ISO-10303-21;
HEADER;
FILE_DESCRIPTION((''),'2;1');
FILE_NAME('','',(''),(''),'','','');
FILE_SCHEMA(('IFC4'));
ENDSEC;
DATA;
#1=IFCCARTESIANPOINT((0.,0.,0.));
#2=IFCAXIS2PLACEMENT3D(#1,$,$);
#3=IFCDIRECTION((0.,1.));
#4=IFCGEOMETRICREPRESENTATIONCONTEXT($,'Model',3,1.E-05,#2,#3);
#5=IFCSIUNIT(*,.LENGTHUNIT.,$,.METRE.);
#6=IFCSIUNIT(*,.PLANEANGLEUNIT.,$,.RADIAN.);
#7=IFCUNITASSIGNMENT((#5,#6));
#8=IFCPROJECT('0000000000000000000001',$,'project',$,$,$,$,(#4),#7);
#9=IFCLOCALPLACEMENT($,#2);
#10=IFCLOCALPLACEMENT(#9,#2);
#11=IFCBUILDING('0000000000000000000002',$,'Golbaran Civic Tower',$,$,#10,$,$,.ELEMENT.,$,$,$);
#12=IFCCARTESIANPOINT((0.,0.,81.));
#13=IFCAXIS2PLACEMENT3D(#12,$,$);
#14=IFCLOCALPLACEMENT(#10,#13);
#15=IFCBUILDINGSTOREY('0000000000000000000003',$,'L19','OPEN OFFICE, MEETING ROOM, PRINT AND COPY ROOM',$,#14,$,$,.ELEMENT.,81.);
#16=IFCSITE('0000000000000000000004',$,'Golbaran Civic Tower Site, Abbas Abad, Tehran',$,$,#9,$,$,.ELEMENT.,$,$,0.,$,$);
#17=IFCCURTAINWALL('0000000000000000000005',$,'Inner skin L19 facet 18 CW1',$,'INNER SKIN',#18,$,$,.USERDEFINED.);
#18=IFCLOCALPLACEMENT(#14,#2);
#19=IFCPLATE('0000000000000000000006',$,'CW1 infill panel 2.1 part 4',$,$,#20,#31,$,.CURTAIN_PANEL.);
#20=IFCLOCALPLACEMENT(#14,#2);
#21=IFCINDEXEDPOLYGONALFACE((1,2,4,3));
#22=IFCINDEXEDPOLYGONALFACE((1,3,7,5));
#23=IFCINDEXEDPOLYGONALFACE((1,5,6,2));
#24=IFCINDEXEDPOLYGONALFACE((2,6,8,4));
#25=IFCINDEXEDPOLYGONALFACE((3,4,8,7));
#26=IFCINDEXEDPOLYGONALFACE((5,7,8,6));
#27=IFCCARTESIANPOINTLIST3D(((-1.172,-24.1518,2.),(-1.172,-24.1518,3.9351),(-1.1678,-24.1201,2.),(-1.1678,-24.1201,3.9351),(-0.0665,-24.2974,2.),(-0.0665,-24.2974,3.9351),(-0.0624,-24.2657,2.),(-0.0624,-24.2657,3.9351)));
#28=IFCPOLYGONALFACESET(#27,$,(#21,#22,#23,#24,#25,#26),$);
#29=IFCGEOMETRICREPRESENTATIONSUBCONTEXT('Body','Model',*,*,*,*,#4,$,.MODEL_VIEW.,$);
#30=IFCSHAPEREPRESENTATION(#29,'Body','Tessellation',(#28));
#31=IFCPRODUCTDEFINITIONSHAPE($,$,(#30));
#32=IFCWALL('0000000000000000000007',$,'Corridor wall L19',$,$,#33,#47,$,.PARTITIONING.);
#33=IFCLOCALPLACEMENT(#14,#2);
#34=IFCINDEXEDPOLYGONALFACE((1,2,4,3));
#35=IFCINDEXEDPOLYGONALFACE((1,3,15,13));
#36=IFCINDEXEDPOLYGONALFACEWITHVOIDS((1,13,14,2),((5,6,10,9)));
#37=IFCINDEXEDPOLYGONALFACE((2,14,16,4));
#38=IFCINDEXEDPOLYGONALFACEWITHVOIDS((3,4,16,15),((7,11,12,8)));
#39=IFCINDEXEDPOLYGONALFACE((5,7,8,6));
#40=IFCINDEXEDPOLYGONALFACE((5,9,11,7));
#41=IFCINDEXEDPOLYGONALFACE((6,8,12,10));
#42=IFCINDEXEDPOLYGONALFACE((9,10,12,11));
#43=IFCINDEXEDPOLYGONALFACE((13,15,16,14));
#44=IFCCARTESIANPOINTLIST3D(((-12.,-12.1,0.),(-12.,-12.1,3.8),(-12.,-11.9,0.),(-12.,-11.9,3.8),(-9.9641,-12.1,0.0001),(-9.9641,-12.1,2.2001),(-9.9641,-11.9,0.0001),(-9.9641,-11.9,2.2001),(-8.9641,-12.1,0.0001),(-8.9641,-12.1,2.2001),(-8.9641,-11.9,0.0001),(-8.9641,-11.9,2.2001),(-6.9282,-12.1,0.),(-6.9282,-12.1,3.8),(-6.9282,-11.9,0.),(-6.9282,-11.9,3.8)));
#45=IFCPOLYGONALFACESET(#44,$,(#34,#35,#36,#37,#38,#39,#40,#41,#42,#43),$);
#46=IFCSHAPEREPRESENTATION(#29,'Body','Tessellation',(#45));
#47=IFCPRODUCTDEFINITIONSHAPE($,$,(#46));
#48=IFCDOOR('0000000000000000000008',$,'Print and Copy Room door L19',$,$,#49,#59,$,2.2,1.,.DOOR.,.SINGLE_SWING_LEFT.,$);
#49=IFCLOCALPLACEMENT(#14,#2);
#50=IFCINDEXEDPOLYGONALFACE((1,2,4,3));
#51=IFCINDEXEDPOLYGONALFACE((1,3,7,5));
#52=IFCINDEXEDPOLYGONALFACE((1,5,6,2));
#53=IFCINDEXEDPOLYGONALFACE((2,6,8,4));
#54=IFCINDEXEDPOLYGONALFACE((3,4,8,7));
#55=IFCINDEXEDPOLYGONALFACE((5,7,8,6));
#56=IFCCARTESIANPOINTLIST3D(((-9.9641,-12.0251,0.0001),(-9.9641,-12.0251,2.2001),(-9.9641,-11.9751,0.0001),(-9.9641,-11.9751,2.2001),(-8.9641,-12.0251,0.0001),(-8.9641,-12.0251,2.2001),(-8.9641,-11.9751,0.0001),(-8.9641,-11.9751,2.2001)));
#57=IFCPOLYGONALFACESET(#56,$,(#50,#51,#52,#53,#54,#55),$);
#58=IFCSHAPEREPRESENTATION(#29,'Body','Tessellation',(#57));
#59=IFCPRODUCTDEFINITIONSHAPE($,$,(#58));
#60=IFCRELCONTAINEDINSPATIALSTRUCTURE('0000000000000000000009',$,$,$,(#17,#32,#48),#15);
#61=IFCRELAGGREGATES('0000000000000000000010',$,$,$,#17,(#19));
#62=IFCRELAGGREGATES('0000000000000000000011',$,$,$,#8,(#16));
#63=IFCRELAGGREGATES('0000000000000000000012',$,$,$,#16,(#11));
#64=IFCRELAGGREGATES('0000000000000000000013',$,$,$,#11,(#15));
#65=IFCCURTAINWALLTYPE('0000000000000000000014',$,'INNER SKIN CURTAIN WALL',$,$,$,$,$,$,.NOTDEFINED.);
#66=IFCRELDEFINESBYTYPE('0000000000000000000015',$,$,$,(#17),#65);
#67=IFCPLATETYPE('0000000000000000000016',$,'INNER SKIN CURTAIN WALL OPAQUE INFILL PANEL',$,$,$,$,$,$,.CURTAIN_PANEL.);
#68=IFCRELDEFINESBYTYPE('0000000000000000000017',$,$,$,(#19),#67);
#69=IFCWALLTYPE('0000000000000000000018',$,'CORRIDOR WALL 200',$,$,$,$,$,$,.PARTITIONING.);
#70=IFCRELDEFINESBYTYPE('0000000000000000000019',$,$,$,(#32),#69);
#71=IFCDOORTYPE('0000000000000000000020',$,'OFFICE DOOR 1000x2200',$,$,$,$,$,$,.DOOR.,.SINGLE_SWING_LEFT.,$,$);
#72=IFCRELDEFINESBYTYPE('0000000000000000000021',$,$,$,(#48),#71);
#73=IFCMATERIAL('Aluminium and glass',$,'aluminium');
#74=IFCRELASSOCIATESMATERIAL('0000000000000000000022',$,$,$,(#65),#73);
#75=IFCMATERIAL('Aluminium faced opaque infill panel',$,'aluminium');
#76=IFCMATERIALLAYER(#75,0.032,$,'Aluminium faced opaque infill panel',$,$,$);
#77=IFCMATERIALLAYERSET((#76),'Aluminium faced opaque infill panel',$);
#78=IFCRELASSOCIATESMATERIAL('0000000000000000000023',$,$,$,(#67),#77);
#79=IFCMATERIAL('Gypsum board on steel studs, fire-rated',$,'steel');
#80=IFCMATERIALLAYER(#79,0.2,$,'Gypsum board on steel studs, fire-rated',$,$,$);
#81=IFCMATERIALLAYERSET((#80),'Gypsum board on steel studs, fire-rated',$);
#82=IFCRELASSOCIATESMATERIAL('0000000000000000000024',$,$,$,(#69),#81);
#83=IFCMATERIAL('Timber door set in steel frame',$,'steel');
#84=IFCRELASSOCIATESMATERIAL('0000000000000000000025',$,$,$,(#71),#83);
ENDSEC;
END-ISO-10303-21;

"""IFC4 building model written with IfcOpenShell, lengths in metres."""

from ifc_helpers import new_model, si_unit, direction, frame, frame_2d, origin, origin_2d, place, context, subcontext, project, spatial, rectangle, extrude, material, layer, layer_set, type_object, element, fill, aggregate, save


model = new_model("IFC4")

# Units and contexts
model_context = context("Model", 3, precision=1e-05, world=origin(), true_north=direction((0.0, 1.0)))
body_context = subcontext(model_context, "Body", "Model", "MODEL_VIEW")
ifc_project = project(units=[si_unit("LENGTHUNIT", "METRE"), si_unit("PLANEANGLEUNIT", "RADIAN")], contexts=[model_context])

# Site, building, storey
site_placement = place(None, origin())
site = spatial("IfcSite", under=ifc_project, at=site_placement, Name="Golbaran Civic Tower Site, Abbas Abad, Tehran", CompositionType="ELEMENT", RefElevation=0.0)
building_placement = place(site_placement, origin())
building = spatial("IfcBuilding", under=site, at=building_placement, Name="Golbaran Civic Tower", CompositionType="ELEMENT")
storey_placement = place(building_placement, frame((0.0, 0.0, 81.0)))
storey = spatial("IfcBuildingStorey", under=building, at=storey_placement, Name="L19", Description="OPEN OFFICE, MEETING ROOM, PRINT AND COPY ROOM", CompositionType="ELEMENT", Elevation=81.0)

# Curtain wall
ifc_material_1 = material(Name="Aluminium and glass", Category="aluminium")
curtain_wall_type = type_object("IfcCurtainWallType", Name="INNER SKIN CURTAIN WALL", PredefinedType="NOTDEFINED", material=ifc_material_1)
curtain_wall_1_placement = place(storey_placement, origin())
curtain_wall_1 = element("IfcCurtainWall", 1, at=curtain_wall_1_placement, inside=storey, type_object=curtain_wall_type, Name="Inner skin L19 facet 18 CW1", ObjectType="INNER SKIN", PredefinedType="USERDEFINED")

# Plate
ifc_material_2 = material(Name="Aluminium faced opaque infill panel", Category="aluminium")
ifc_layer_1 = layer(ifc_material_2, 0.032, Name="Aluminium faced opaque infill panel")
ifc_layer_set_1 = layer_set([ifc_layer_1], Name="Aluminium faced opaque infill panel")
plate_type_1 = type_object("IfcPlateType", Name="INNER SKIN CURTAIN WALL OPAQUE INFILL PANEL", PredefinedType="CURTAIN_PANEL", material=ifc_layer_set_1)
plate_1_placement = place(storey_placement, frame((-0.6172, -24.2087, 2.0), z_axis=(0.0, 0.0, 1.0), x_axis=(0.991445, -0.130526, 0.0)))
plate_1 = element("IfcPlate", 2, at=plate_1_placement, type_object=plate_type_1, Name="CW1 infill panel 2.1 part 4", PredefinedType="CURTAIN_PANEL", context=body_context, shape_type="SweptSolid", body=[
    extrude(rectangle(XDim=1.115, YDim=0.032, at=origin_2d()), origin(), (0.0, 0.0, 1.0), 1.9351),
])
aggregate(curtain_wall_1, [plate_1])

# Wall, opening, door
ifc_material_3 = material(Name="Gypsum board on steel studs, fire-rated", Category="steel")
ifc_layer_2 = layer(ifc_material_3, 0.2, Name="Gypsum board on steel studs, fire-rated")
ifc_layer_set_2 = layer_set([ifc_layer_2], Name="Gypsum board on steel studs, fire-rated")
wall_type = type_object("IfcWallType", Name="CORRIDOR WALL 200", PredefinedType="PARTITIONING", material=ifc_layer_set_2)
wall_placement = place(storey_placement, frame((-12.0, -12.0, 0.0), z_axis=(0.0, 0.0, 1.0), x_axis=(1.0, 0.0, 0.0)))
wall = element("IfcWall", 3, at=wall_placement, inside=storey, type_object=wall_type, Name="Corridor wall L19", PredefinedType="PARTITIONING", context=body_context, shape_type="SweptSolid", body=[
    extrude(rectangle(XDim=5.0718, YDim=0.2, at=frame_2d((2.5359, 0.0))), origin(), (0.0, 0.0, 1.0), 3.8),
])
opening_placement = place(wall_placement, frame((2.0359, 0.0, 0.0)))
opening = element("IfcOpeningElement", 4, at=opening_placement, cuts=wall, PredefinedType="OPENING", context=body_context, shape_type="SweptSolid", body=[
    extrude(rectangle(XDim=1.0, YDim=2.2, at=frame_2d((0.5, 1.1001))), frame((0.0, 0.1099, 0.0), z_axis=(0.0, -1.0, 0.0), x_axis=(1.0, 0.0, 0.0)), (0.0, 0.0, 1.0), 0.22),
])
ifc_material_4 = material(Name="Timber door set in steel frame", Category="steel")
door_type = type_object("IfcDoorType", Name="OFFICE DOOR 1000x2200", OperationType="SINGLE_SWING_LEFT", PredefinedType="DOOR", material=ifc_material_4)
door_placement = place(opening_placement, origin())
door = element("IfcDoor", 5, at=door_placement, inside=storey, type_object=door_type, Name="Print and Copy Room door L19", OperationType="SINGLE_SWING_LEFT", OverallHeight=2.2, OverallWidth=1.0, PredefinedType="DOOR", context=body_context, shape_type="SweptSolid", body=[
    extrude(rectangle(XDim=1.0, YDim=2.2, at=frame_2d((0.5, 1.1001))), frame((0.0, 0.0249, 0.0), z_axis=(0.0, -1.0, 0.0), x_axis=(1.0, 0.0, 0.0)), (0.0, 0.0, 1.0), 0.05),
])
fill(opening, door)

save(model, "model.ifc")
